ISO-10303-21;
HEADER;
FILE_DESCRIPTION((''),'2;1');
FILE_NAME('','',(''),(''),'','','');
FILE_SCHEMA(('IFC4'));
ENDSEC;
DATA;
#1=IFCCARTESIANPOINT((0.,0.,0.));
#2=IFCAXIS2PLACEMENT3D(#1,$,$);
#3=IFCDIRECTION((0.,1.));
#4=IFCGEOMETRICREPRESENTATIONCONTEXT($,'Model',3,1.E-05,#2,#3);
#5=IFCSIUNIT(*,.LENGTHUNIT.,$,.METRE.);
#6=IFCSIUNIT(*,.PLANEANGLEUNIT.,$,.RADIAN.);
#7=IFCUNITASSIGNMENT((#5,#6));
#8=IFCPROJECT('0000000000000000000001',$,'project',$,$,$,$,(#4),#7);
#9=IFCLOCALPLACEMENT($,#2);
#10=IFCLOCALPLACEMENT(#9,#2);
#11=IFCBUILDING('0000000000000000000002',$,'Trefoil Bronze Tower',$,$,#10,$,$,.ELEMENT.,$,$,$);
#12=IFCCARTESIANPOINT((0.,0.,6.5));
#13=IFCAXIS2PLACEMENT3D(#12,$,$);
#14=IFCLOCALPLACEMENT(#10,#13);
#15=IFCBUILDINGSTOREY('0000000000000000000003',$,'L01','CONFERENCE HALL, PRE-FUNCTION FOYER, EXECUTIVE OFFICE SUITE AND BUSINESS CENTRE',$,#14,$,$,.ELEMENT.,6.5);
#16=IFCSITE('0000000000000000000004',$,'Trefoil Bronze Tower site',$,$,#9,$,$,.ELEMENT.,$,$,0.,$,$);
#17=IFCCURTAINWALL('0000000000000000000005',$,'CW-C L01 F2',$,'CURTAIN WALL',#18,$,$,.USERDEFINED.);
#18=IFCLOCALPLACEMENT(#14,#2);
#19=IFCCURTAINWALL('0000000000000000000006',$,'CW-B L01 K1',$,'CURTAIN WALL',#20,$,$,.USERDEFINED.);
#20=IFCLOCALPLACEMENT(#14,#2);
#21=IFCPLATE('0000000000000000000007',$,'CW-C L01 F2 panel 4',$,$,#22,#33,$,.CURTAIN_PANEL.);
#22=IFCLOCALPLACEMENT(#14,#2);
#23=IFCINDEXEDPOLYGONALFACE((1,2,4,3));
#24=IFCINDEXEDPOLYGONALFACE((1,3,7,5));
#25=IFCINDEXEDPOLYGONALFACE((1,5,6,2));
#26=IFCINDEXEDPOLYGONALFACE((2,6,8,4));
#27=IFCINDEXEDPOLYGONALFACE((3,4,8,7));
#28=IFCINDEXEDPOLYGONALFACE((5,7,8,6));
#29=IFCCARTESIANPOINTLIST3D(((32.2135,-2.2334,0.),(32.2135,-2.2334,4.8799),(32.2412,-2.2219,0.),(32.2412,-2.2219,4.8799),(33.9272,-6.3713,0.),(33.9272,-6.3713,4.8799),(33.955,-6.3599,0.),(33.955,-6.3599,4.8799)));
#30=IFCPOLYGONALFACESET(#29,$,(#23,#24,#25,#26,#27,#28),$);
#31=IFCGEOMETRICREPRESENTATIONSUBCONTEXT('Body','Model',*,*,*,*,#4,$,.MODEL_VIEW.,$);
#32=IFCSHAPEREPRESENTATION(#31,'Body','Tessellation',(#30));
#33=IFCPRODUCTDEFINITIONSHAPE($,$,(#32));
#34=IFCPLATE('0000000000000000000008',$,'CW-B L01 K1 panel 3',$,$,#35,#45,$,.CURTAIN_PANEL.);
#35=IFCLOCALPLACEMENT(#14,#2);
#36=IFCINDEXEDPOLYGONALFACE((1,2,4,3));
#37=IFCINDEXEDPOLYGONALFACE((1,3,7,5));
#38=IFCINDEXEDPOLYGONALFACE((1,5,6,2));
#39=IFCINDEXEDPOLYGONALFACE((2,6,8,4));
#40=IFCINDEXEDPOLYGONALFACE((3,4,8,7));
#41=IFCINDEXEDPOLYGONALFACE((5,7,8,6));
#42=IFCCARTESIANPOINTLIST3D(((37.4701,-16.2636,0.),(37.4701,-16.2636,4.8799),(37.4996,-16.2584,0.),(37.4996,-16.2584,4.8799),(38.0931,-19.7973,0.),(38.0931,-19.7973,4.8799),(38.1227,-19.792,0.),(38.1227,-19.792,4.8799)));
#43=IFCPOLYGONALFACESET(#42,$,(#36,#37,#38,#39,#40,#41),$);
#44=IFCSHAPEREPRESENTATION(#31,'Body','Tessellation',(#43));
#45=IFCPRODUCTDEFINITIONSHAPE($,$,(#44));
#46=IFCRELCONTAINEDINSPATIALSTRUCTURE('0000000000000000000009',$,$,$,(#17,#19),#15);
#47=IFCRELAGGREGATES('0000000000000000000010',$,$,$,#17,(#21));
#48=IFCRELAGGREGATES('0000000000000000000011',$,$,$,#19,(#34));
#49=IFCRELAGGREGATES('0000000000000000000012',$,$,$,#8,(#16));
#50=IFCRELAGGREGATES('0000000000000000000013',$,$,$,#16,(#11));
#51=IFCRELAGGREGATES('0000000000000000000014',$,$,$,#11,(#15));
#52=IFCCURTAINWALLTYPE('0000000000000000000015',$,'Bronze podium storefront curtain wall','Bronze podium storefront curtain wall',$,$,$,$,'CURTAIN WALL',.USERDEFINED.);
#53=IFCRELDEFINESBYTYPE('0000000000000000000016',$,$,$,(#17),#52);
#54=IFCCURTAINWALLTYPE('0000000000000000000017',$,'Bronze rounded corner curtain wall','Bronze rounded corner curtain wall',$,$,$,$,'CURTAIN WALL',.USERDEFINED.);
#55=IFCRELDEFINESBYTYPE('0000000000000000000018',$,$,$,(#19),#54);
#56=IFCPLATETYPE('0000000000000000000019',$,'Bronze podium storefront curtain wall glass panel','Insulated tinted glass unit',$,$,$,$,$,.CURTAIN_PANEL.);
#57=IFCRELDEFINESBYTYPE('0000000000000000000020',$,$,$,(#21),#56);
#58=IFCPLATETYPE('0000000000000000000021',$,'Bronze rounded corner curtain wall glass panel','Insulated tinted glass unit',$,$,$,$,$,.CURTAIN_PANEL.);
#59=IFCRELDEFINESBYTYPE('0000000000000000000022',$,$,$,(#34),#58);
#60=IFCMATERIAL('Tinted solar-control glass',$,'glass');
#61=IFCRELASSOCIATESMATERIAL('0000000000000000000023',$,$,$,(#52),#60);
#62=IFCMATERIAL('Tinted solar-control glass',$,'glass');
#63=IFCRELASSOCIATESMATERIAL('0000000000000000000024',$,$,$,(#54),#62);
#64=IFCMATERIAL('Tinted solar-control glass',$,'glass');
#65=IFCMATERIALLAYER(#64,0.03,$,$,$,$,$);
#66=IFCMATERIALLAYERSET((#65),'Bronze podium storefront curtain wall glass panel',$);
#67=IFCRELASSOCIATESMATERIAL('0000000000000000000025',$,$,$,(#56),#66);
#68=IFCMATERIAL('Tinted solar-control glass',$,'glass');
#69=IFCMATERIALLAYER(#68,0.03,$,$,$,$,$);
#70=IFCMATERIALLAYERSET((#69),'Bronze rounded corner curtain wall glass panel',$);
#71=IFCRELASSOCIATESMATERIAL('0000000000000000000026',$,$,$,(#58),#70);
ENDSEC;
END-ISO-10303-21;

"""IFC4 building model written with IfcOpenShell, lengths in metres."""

from ifc_helpers import new_model, si_unit, direction, frame, origin, origin_2d, place, context, subcontext, project, spatial, rectangle, extrude, material, layer, layer_set, type_object, element, aggregate, save


model = new_model("IFC4")

# Units and contexts
model_context = context("Model", 3, precision=1e-05, world=origin(), true_north=direction((0.0, 1.0)))
body_context = subcontext(model_context, "Body", "Model", "MODEL_VIEW")
ifc_project = project(units=[si_unit("LENGTHUNIT", "METRE"), si_unit("PLANEANGLEUNIT", "RADIAN")], contexts=[model_context])

# Site, building, storey
site_placement = place(None, origin())
site = spatial("IfcSite", under=ifc_project, at=site_placement, Name="Trefoil Bronze Tower site", CompositionType="ELEMENT", RefElevation=0.0)
building_placement = place(site_placement, origin())
building = spatial("IfcBuilding", under=site, at=building_placement, Name="Trefoil Bronze Tower", CompositionType="ELEMENT")
storey_placement = place(building_placement, frame((0.0, 0.0, 6.5)))
storey = spatial("IfcBuildingStorey", under=building, at=storey_placement, Name="L01", Description="CONFERENCE HALL, PRE-FUNCTION FOYER, EXECUTIVE OFFICE SUITE AND BUSINESS CENTRE", CompositionType="ELEMENT", Elevation=6.5)

# Curtain wall
ifc_material_1 = material(Name="Tinted solar-control glass", Category="glass")
curtain_wall_type_1 = type_object("IfcCurtainWallType", Name="Bronze podium storefront curtain wall", Description="Bronze podium storefront curtain wall", ElementType="CURTAIN WALL", PredefinedType="USERDEFINED", material=ifc_material_1)
curtain_wall_1_placement = place(storey_placement, origin())
curtain_wall_1 = element("IfcCurtainWall", 1, at=curtain_wall_1_placement, inside=storey, type_object=curtain_wall_type_1, Name="CW-C L01 F2", ObjectType="CURTAIN WALL", PredefinedType="USERDEFINED")

# Curtain wall
ifc_material_2 = material(Name="Tinted solar-control glass", Category="glass")
curtain_wall_type_2 = type_object("IfcCurtainWallType", Name="Bronze rounded corner curtain wall", Description="Bronze rounded corner curtain wall", ElementType="CURTAIN WALL", PredefinedType="USERDEFINED", material=ifc_material_2)
curtain_wall_2_placement = place(storey_placement, origin())
curtain_wall_2 = element("IfcCurtainWall", 2, at=curtain_wall_2_placement, inside=storey, type_object=curtain_wall_type_2, Name="CW-B L01 K1", ObjectType="CURTAIN WALL", PredefinedType="USERDEFINED")

# Plates
ifc_material_3 = material(Name="Tinted solar-control glass", Category="glass")
ifc_layer_1 = layer(ifc_material_3, 0.03)
ifc_layer_set_1 = layer_set([ifc_layer_1], Name="Bronze podium storefront curtain wall glass panel")
plate_type_1 = type_object("IfcPlateType", Name="Bronze podium storefront curtain wall glass panel", Description="Insulated tinted glass unit", PredefinedType="CURTAIN_PANEL", material=ifc_layer_set_1)
plate_1_placement = place(storey_placement, frame((33.0842, -4.2966, 0.0), z_axis=(0.0, 0.0, 1.0), x_axis=(-0.38263, 0.923902, 0.0)))
plate_1 = element("IfcPlate", 3, at=plate_1_placement, type_object=plate_type_1, Name="CW-C L01 F2 panel 4", PredefinedType="CURTAIN_PANEL", context=body_context, shape_type="SweptSolid", body=[
    extrude(rectangle(XDim=4.4788, YDim=0.03, at=origin_2d()), origin(), (0.0, 0.0, 1.0), 4.8799),
])
aggregate(curtain_wall_1, [plate_1])
ifc_material_4 = material(Name="Tinted solar-control glass", Category="glass")
ifc_layer_2 = layer(ifc_material_4, 0.03)
ifc_layer_set_2 = layer_set([ifc_layer_2], Name="Bronze rounded corner curtain wall glass panel")
plate_type_2 = type_object("IfcPlateType", Name="Bronze rounded corner curtain wall glass panel", Description="Insulated tinted glass unit", PredefinedType="CURTAIN_PANEL", material=ifc_layer_set_2)
plate_2_placement = place(storey_placement, frame((37.7964, -18.0278, 0.0), z_axis=(0.0, 0.0, 1.0), x_axis=(-0.173648, 0.984808, 0.0)))
plate_2 = element("IfcPlate", 4, at=plate_2_placement, type_object=plate_type_2, Name="CW-B L01 K1 panel 3", PredefinedType="CURTAIN_PANEL", context=body_context, shape_type="SweptSolid", body=[
    extrude(rectangle(XDim=3.5881, YDim=0.03, at=origin_2d()), origin(), (0.0, 0.0, 1.0), 4.8799),
])
aggregate(curtain_wall_2, [plate_2])

save(model, "model.ifc")
